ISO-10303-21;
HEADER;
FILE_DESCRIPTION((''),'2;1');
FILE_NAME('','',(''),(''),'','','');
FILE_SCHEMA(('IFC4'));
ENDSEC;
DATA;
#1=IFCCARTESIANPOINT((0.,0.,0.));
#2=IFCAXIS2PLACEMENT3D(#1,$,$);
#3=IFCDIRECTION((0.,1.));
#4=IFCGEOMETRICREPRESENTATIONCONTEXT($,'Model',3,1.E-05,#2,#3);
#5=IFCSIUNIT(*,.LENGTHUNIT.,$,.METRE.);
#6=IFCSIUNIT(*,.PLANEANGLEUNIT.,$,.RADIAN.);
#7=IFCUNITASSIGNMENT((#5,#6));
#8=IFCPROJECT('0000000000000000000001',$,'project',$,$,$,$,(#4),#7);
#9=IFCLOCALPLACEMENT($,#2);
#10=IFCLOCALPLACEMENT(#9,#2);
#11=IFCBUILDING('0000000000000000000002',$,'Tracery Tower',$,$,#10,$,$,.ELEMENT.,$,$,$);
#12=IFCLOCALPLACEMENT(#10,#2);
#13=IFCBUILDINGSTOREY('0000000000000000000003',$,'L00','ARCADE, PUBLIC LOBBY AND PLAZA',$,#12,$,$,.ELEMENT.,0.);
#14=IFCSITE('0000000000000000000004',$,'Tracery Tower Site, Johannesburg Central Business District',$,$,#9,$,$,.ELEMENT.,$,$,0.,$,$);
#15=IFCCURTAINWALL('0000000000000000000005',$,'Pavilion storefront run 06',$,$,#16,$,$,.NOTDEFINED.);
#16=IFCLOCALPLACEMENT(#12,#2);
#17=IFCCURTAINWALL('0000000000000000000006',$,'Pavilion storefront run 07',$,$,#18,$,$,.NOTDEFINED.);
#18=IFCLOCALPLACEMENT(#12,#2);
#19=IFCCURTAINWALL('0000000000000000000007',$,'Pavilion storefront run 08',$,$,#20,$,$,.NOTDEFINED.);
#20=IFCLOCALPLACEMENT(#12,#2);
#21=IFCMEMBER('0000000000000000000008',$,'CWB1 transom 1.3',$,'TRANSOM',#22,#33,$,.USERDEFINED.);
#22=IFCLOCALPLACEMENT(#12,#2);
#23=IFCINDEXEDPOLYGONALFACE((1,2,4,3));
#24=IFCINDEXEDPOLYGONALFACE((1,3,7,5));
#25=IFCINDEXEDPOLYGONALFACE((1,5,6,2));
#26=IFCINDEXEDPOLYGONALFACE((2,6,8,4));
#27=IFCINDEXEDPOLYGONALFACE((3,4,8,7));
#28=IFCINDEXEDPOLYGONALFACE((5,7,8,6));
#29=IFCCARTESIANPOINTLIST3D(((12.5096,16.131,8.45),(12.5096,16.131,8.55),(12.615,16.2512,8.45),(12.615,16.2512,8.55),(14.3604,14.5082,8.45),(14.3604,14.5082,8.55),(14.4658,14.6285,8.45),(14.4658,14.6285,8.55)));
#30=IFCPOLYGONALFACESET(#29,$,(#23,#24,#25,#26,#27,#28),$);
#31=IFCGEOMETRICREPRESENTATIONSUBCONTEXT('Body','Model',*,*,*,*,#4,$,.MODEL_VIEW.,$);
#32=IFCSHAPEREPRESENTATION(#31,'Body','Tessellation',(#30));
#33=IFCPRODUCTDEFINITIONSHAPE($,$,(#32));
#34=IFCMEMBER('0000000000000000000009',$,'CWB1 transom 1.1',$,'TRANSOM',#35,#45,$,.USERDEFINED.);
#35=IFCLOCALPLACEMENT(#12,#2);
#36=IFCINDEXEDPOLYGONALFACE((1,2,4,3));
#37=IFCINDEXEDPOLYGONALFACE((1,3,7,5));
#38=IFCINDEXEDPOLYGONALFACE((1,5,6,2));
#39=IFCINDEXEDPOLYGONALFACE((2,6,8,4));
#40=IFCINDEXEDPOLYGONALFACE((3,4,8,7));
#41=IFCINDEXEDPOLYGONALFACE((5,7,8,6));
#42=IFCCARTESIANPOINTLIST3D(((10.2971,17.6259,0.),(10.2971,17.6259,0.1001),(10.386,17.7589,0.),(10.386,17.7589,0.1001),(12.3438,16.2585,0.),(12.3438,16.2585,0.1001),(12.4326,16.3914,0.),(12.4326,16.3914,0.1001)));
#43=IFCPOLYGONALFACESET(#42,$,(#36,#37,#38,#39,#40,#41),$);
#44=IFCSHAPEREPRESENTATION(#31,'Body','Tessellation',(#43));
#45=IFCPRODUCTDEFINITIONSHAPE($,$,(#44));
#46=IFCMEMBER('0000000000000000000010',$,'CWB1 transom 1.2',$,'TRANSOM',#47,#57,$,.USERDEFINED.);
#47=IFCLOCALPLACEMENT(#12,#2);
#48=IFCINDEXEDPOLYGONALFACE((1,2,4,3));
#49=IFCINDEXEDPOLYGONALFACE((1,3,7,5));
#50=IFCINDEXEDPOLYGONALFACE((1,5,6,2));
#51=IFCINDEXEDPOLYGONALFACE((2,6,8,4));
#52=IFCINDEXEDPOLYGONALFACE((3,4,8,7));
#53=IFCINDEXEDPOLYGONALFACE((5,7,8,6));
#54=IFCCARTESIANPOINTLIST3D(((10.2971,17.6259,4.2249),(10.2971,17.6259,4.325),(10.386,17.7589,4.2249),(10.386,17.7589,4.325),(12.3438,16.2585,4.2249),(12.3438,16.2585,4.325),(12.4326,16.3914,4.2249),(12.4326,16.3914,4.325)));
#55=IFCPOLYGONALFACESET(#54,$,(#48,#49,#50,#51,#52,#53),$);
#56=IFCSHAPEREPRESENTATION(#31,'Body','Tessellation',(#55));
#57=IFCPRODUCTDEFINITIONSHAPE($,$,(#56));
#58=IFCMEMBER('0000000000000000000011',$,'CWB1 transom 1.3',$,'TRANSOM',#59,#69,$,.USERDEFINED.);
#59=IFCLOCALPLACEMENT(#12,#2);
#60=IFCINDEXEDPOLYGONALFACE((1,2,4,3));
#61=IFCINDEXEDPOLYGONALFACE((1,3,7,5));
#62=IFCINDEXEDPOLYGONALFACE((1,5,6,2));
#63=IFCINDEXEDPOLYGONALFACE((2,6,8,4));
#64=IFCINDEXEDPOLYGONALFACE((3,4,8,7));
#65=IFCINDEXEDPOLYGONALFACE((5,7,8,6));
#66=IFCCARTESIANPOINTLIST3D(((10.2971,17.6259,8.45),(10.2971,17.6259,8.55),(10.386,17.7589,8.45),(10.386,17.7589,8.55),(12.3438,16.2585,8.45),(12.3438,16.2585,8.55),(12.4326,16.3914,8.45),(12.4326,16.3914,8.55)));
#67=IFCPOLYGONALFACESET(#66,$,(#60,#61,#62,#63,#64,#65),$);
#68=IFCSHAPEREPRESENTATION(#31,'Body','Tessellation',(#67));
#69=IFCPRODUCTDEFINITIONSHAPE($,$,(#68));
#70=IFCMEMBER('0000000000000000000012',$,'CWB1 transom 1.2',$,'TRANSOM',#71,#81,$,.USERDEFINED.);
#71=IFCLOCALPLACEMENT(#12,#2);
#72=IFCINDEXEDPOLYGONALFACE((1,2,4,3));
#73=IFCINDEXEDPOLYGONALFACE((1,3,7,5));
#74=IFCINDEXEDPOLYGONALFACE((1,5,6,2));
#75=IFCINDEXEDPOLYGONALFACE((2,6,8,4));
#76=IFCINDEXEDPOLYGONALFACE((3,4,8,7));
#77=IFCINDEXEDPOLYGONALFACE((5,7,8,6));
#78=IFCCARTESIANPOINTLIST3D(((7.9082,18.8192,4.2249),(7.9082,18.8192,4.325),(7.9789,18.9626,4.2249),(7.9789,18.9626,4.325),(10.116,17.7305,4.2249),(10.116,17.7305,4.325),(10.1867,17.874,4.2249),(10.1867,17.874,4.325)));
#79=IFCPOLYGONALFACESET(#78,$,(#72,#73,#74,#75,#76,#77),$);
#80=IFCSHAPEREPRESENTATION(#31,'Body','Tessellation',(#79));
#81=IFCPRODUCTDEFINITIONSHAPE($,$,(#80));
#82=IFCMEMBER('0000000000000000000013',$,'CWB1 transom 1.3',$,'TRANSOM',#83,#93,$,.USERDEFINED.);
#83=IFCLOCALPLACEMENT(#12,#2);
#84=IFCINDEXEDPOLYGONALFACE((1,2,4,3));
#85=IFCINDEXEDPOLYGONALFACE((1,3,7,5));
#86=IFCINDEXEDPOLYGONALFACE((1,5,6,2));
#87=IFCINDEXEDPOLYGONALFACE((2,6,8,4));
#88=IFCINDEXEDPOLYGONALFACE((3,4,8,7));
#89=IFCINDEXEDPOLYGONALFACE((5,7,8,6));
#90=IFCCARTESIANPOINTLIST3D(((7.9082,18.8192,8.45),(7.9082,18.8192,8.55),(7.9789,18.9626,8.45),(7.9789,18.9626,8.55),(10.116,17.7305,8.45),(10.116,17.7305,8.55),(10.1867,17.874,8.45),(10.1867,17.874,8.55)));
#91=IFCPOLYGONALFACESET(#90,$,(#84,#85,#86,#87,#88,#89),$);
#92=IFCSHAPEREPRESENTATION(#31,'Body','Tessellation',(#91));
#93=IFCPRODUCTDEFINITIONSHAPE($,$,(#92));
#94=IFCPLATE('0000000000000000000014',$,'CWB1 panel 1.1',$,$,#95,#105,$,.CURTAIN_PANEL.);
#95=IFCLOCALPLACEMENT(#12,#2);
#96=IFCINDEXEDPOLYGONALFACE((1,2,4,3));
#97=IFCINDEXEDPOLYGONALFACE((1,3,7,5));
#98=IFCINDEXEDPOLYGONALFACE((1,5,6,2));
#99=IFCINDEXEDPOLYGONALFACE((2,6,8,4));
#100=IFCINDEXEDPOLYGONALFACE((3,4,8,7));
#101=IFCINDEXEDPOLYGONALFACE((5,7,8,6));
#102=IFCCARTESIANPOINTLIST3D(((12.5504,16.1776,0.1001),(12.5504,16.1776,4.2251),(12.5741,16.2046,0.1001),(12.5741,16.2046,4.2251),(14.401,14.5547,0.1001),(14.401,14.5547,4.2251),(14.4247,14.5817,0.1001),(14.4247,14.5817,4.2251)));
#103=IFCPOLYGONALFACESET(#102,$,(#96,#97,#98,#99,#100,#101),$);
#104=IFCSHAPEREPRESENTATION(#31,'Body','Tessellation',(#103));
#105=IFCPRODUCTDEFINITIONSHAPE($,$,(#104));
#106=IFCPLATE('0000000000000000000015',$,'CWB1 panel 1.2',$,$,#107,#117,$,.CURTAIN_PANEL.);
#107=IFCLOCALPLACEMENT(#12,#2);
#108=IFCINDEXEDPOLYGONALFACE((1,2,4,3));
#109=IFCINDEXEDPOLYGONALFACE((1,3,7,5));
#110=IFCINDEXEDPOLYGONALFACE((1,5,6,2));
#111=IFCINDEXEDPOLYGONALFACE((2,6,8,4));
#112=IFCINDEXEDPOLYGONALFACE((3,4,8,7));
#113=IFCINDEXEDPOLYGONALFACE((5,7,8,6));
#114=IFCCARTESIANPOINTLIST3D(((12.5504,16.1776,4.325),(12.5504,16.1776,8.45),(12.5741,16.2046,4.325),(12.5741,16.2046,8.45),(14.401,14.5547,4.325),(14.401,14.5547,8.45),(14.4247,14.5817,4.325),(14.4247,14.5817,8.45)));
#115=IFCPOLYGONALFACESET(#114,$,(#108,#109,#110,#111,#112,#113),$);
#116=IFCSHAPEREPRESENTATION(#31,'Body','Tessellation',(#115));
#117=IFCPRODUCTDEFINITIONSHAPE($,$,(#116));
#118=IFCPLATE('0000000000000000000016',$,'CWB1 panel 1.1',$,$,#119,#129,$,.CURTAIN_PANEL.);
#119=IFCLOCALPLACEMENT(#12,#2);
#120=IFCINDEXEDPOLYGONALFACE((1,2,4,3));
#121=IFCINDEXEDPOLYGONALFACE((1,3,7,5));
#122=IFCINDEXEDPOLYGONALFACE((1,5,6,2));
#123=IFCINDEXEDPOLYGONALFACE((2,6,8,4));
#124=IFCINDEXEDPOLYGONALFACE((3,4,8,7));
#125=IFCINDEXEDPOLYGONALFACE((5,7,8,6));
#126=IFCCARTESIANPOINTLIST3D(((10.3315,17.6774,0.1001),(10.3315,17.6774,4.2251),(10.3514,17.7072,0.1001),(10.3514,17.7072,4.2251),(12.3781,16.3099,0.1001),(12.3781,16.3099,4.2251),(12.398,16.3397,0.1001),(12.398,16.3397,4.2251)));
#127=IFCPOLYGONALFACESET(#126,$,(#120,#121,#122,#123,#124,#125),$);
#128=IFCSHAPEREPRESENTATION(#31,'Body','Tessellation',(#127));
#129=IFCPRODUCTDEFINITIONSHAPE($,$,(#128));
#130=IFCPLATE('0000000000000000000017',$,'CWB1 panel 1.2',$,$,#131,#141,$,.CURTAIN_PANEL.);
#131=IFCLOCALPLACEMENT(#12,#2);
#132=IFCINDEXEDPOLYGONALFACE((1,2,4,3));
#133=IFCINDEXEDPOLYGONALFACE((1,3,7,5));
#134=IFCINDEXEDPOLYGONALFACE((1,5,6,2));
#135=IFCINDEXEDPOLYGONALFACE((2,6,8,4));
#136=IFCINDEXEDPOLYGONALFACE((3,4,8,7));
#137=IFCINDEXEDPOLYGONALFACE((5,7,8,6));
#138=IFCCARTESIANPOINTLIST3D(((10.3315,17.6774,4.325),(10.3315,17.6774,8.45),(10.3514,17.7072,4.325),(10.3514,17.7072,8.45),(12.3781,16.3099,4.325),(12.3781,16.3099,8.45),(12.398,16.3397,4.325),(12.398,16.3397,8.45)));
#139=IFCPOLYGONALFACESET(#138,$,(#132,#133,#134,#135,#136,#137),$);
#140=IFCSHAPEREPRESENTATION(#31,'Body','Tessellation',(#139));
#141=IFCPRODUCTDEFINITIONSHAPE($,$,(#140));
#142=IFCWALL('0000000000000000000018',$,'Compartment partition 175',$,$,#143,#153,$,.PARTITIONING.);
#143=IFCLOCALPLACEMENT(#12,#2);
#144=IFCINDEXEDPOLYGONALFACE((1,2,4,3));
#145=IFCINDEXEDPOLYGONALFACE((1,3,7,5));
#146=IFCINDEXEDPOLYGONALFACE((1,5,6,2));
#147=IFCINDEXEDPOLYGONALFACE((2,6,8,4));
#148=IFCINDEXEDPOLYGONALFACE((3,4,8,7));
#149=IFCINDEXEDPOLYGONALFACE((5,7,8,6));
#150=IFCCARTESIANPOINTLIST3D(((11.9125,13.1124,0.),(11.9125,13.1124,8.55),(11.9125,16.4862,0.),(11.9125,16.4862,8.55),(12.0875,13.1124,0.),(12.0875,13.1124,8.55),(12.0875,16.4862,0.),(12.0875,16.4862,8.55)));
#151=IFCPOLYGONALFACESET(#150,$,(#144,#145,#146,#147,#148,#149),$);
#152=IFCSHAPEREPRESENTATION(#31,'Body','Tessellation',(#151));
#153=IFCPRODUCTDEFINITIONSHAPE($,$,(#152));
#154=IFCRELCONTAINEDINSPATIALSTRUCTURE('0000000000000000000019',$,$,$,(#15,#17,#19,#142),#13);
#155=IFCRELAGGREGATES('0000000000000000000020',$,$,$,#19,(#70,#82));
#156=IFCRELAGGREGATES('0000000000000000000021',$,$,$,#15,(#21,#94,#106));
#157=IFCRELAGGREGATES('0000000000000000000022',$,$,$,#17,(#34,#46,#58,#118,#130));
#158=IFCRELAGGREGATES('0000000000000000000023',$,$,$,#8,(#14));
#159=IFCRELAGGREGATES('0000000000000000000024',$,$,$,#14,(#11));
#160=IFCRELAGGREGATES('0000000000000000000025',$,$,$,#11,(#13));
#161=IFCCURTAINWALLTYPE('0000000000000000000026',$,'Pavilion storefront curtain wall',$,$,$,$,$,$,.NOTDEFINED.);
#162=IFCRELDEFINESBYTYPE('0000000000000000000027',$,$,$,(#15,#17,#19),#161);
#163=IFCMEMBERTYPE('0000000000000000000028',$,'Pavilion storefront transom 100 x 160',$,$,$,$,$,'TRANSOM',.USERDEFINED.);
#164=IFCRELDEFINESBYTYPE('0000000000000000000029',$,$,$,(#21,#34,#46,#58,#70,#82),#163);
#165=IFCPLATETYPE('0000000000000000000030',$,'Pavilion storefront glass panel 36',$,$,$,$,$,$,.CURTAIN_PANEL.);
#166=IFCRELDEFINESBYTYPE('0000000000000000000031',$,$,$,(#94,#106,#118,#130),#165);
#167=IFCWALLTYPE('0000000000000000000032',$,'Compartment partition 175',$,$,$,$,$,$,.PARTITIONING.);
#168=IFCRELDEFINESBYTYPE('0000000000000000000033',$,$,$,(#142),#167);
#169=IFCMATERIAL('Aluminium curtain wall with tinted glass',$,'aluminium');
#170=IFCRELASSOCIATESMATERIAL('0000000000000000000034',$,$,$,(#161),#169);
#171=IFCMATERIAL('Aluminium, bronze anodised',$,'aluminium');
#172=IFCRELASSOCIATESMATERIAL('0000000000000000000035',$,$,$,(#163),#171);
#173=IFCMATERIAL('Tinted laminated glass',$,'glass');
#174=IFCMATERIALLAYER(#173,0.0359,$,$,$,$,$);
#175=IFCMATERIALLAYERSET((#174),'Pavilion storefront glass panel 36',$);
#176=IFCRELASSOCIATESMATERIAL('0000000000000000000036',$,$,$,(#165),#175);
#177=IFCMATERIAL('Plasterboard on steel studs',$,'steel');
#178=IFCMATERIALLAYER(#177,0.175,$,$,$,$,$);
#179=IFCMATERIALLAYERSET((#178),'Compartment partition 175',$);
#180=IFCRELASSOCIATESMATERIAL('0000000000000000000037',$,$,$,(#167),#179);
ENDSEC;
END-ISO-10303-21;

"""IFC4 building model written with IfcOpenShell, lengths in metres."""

from ifc_helpers import new_model, si_unit, direction, frame, frame_2d, origin, origin_2d, place, context, subcontext, project, spatial, rectangle, extrude, material, layer, layer_set, material_profile, profile_set, type_object, element, aggregate, save


model = new_model("IFC4")

# Units and contexts
model_context = context("Model", 3, precision=1e-05, world=origin(), true_north=direction((0.0, 1.0)))
body_context = subcontext(model_context, "Body", "Model", "MODEL_VIEW")
ifc_project = project(units=[si_unit("LENGTHUNIT", "METRE"), si_unit("PLANEANGLEUNIT", "RADIAN")], contexts=[model_context])

# Site, building, storey
site_placement = place(None, origin())
site = spatial("IfcSite", under=ifc_project, at=site_placement, Name="Tracery Tower Site, Johannesburg Central Business District", CompositionType="ELEMENT", RefElevation=0.0)
building_placement = place(site_placement, origin())
building = spatial("IfcBuilding", under=site, at=building_placement, Name="Tracery Tower", CompositionType="ELEMENT")
storey_placement = place(building_placement, origin())
storey = spatial("IfcBuildingStorey", under=building, at=storey_placement, Name="L00", Description="ARCADE, PUBLIC LOBBY AND PLAZA", CompositionType="ELEMENT", Elevation=0.0)

# Curtain wall
ifc_material_1 = material(Name="Aluminium curtain wall with tinted glass", Category="aluminium")
curtain_wall_type = type_object("IfcCurtainWallType", Name="Pavilion storefront curtain wall", PredefinedType="NOTDEFINED", material=ifc_material_1)
curtain_wall_1_placement = place(storey_placement, origin())
curtain_wall_1 = element("IfcCurtainWall", 1, at=curtain_wall_1_placement, inside=storey, type_object=curtain_wall_type, Name="Pavilion storefront run 06", PredefinedType="NOTDEFINED")

# Curtain wall
curtain_wall_2_placement = place(storey_placement, origin())
curtain_wall_2 = element("IfcCurtainWall", 2, at=curtain_wall_2_placement, inside=storey, type_object=curtain_wall_type, Name="Pavilion storefront run 07", PredefinedType="NOTDEFINED")

# Curtain wall
curtain_wall_3_placement = place(storey_placement, origin())
curtain_wall_3 = element("IfcCurtainWall", 3, at=curtain_wall_3_placement, inside=storey, type_object=curtain_wall_type, Name="Pavilion storefront run 08", PredefinedType="NOTDEFINED")

# Members
ifc_material_2 = material(Name="Aluminium, bronze anodised", Category="aluminium")
ifc_material_profile_1 = material_profile(ifc_material_2, rectangle(XDim=0.1599, YDim=0.1001, at=origin_2d()), Name="Pavilion storefront transom 100 x 160")
ifc_profile_set_1 = profile_set([ifc_material_profile_1], Name="Aluminium, bronze anodised")
member_type_1 = type_object("IfcMemberType", Name="Pavilion storefront transom 100 x 160", ElementType="TRANSOM", PredefinedType="USERDEFINED", material=ifc_profile_set_1)
member_1_placement = place(storey_placement, frame((14.4131, 14.5684, 8.5), z_axis=(-0.751907, 0.65927, 0.0), x_axis=(-0.65927, -0.751907, 0.0)))
member_1 = element("IfcMember", 4, at=member_1_placement, type_object=member_type_1, Name="CWB1 transom 1.3", ObjectType="TRANSOM", PredefinedType="USERDEFINED", context=body_context, shape_type="SweptSolid", body=[
    extrude(rectangle(XDim=0.1599, YDim=0.1001, at=origin_2d()), origin(), (0.0, 0.0, 1.0), 2.4614),
])
member_2_placement = place(storey_placement, frame((12.3882, 16.325, 0.05), z_axis=(-0.831485, 0.555547, 0.0), x_axis=(-0.555547, -0.831485, 0.0)))
member_2 = element("IfcMember", 5, at=member_2_placement, type_object=member_type_1, Name="CWB1 transom 1.1", ObjectType="TRANSOM", PredefinedType="USERDEFINED", context=body_context, shape_type="SweptSolid", body=[
    extrude(rectangle(XDim=0.1599, YDim=0.1001, at=origin_2d()), origin(), (0.0, 0.0, 1.0), 2.4614),
])
member_3_placement = place(storey_placement, frame((12.3882, 16.325, 4.2749), z_axis=(-0.831485, 0.555547, 0.0), x_axis=(-0.555547, -0.831485, 0.0)))
member_3 = element("IfcMember", 6, at=member_3_placement, type_object=member_type_1, Name="CWB1 transom 1.2", ObjectType="TRANSOM", PredefinedType="USERDEFINED", context=body_context, shape_type="SweptSolid", body=[
    extrude(rectangle(XDim=0.1599, YDim=0.1001, at=origin_2d()), origin(), (0.0, 0.0, 1.0), 2.4614),
])
member_4_placement = place(storey_placement, frame((12.3882, 16.325, 8.5), z_axis=(-0.831485, 0.555547, 0.0), x_axis=(-0.555547, -0.831485, 0.0)))
member_4 = element("IfcMember", 7, at=member_4_placement, type_object=member_type_1, Name="CWB1 transom 1.3", ObjectType="TRANSOM", PredefinedType="USERDEFINED", context=body_context, shape_type="SweptSolid", body=[
    extrude(rectangle(XDim=0.1599, YDim=0.1001, at=origin_2d()), origin(), (0.0, 0.0, 1.0), 2.4614),
])
member_5_placement = place(storey_placement, frame((10.1514, 17.8022, 4.2749), z_axis=(-0.896893, 0.442248, 0.0), x_axis=(-0.442248, -0.896893, 0.0)))
member_5 = element("IfcMember", 8, at=member_5_placement, type_object=member_type_1, Name="CWB1 transom 1.2", ObjectType="TRANSOM", PredefinedType="USERDEFINED", context=body_context, shape_type="SweptSolid", body=[
    extrude(rectangle(XDim=0.1599, YDim=0.1001, at=origin_2d()), origin(), (0.0, 0.0, 1.0), 2.4617),
])
member_6_placement = place(storey_placement, frame((10.1514, 17.8022, 8.5), z_axis=(-0.896893, 0.442248, 0.0), x_axis=(-0.442248, -0.896893, 0.0)))
member_6 = element("IfcMember", 9, at=member_6_placement, type_object=member_type_1, Name="CWB1 transom 1.3", ObjectType="TRANSOM", PredefinedType="USERDEFINED", context=body_context, shape_type="SweptSolid", body=[
    extrude(rectangle(XDim=0.1599, YDim=0.1001, at=origin_2d()), origin(), (0.0, 0.0, 1.0), 2.4617),
])
aggregate(curtain_wall_3, [member_5, member_6])

# Plates
ifc_material_3 = material(Name="Tinted laminated glass", Category="glass")
ifc_layer_1 = layer(ifc_material_3, 0.0359)
ifc_layer_set_1 = layer_set([ifc_layer_1], Name="Pavilion storefront glass panel 36")
plate_type = type_object("IfcPlateType", Name="Pavilion storefront glass panel 36", PredefinedType="CURTAIN_PANEL", material=ifc_layer_set_1)
plate_1_placement = place(storey_placement, frame((13.4875, 15.3796, 0.1001), z_axis=(0.0, 0.0, 1.0), x_axis=(-0.751836, 0.659351, 0.0)))
plate_1 = element("IfcPlate", 10, at=plate_1_placement, type_object=plate_type, Name="CWB1 panel 1.1", PredefinedType="CURTAIN_PANEL", context=body_context, shape_type="SweptSolid", body=[
    extrude(rectangle(XDim=2.4614, YDim=0.0359, at=origin_2d()), origin(), (0.0, 0.0, 1.0), 4.125),
])
plate_2_placement = place(storey_placement, frame((13.4875, 15.3796, 4.325), z_axis=(0.0, 0.0, 1.0), x_axis=(-0.751836, 0.659351, 0.0)))
plate_2 = element("IfcPlate", 11, at=plate_2_placement, type_object=plate_type, Name="CWB1 panel 1.2", PredefinedType="CURTAIN_PANEL", context=body_context, shape_type="SweptSolid", body=[
    extrude(rectangle(XDim=2.4614, YDim=0.0359, at=origin_2d()), origin(), (0.0, 0.0, 1.0), 4.125),
])
aggregate(curtain_wall_1, [member_1, plate_1, plate_2])
plate_3_placement = place(storey_placement, frame((11.3647, 17.0085, 0.1001), z_axis=(0.0, 0.0, 1.0), x_axis=(-0.831476, 0.55556, 0.0)))
plate_3 = element("IfcPlate", 12, at=plate_3_placement, type_object=plate_type, Name="CWB1 panel 1.1", PredefinedType="CURTAIN_PANEL", context=body_context, shape_type="SweptSolid", body=[
    extrude(rectangle(XDim=2.4614, YDim=0.0359, at=origin_2d()), origin(), (0.0, 0.0, 1.0), 4.125),
])
plate_4_placement = place(storey_placement, frame((11.3647, 17.0085, 4.325), z_axis=(0.0, 0.0, 1.0), x_axis=(-0.831476, 0.55556, 0.0)))
plate_4 = element("IfcPlate", 13, at=plate_4_placement, type_object=plate_type, Name="CWB1 panel 1.2", PredefinedType="CURTAIN_PANEL", context=body_context, shape_type="SweptSolid", body=[
    extrude(rectangle(XDim=2.4614, YDim=0.0359, at=origin_2d()), origin(), (0.0, 0.0, 1.0), 4.125),
])
aggregate(curtain_wall_2, [member_2, member_3, member_4, plate_3, plate_4])

# Wall
ifc_material_4 = material(Name="Plasterboard on steel studs", Category="steel")
ifc_layer_2 = layer(ifc_material_4, 0.175)
ifc_layer_set_2 = layer_set([ifc_layer_2], Name="Compartment partition 175")
wall_type = type_object("IfcWallType", Name="Compartment partition 175", PredefinedType="PARTITIONING", material=ifc_layer_set_2)
wall_placement = place(storey_placement, frame((12.0, 16.4863, 0.0), z_axis=(0.0, 0.0, 1.0), x_axis=(0.0, -1.0, 0.0)))
element("IfcWall", 14, at=wall_placement, inside=storey, type_object=wall_type, Name="Compartment partition 175", PredefinedType="PARTITIONING", context=body_context, shape_type="SweptSolid", body=[
    extrude(rectangle(XDim=3.3738, YDim=0.175, at=frame_2d((1.687, 0.0))), origin(), (0.0, 0.0, 1.0), 8.55),
])

save(model, "model.ifc")
